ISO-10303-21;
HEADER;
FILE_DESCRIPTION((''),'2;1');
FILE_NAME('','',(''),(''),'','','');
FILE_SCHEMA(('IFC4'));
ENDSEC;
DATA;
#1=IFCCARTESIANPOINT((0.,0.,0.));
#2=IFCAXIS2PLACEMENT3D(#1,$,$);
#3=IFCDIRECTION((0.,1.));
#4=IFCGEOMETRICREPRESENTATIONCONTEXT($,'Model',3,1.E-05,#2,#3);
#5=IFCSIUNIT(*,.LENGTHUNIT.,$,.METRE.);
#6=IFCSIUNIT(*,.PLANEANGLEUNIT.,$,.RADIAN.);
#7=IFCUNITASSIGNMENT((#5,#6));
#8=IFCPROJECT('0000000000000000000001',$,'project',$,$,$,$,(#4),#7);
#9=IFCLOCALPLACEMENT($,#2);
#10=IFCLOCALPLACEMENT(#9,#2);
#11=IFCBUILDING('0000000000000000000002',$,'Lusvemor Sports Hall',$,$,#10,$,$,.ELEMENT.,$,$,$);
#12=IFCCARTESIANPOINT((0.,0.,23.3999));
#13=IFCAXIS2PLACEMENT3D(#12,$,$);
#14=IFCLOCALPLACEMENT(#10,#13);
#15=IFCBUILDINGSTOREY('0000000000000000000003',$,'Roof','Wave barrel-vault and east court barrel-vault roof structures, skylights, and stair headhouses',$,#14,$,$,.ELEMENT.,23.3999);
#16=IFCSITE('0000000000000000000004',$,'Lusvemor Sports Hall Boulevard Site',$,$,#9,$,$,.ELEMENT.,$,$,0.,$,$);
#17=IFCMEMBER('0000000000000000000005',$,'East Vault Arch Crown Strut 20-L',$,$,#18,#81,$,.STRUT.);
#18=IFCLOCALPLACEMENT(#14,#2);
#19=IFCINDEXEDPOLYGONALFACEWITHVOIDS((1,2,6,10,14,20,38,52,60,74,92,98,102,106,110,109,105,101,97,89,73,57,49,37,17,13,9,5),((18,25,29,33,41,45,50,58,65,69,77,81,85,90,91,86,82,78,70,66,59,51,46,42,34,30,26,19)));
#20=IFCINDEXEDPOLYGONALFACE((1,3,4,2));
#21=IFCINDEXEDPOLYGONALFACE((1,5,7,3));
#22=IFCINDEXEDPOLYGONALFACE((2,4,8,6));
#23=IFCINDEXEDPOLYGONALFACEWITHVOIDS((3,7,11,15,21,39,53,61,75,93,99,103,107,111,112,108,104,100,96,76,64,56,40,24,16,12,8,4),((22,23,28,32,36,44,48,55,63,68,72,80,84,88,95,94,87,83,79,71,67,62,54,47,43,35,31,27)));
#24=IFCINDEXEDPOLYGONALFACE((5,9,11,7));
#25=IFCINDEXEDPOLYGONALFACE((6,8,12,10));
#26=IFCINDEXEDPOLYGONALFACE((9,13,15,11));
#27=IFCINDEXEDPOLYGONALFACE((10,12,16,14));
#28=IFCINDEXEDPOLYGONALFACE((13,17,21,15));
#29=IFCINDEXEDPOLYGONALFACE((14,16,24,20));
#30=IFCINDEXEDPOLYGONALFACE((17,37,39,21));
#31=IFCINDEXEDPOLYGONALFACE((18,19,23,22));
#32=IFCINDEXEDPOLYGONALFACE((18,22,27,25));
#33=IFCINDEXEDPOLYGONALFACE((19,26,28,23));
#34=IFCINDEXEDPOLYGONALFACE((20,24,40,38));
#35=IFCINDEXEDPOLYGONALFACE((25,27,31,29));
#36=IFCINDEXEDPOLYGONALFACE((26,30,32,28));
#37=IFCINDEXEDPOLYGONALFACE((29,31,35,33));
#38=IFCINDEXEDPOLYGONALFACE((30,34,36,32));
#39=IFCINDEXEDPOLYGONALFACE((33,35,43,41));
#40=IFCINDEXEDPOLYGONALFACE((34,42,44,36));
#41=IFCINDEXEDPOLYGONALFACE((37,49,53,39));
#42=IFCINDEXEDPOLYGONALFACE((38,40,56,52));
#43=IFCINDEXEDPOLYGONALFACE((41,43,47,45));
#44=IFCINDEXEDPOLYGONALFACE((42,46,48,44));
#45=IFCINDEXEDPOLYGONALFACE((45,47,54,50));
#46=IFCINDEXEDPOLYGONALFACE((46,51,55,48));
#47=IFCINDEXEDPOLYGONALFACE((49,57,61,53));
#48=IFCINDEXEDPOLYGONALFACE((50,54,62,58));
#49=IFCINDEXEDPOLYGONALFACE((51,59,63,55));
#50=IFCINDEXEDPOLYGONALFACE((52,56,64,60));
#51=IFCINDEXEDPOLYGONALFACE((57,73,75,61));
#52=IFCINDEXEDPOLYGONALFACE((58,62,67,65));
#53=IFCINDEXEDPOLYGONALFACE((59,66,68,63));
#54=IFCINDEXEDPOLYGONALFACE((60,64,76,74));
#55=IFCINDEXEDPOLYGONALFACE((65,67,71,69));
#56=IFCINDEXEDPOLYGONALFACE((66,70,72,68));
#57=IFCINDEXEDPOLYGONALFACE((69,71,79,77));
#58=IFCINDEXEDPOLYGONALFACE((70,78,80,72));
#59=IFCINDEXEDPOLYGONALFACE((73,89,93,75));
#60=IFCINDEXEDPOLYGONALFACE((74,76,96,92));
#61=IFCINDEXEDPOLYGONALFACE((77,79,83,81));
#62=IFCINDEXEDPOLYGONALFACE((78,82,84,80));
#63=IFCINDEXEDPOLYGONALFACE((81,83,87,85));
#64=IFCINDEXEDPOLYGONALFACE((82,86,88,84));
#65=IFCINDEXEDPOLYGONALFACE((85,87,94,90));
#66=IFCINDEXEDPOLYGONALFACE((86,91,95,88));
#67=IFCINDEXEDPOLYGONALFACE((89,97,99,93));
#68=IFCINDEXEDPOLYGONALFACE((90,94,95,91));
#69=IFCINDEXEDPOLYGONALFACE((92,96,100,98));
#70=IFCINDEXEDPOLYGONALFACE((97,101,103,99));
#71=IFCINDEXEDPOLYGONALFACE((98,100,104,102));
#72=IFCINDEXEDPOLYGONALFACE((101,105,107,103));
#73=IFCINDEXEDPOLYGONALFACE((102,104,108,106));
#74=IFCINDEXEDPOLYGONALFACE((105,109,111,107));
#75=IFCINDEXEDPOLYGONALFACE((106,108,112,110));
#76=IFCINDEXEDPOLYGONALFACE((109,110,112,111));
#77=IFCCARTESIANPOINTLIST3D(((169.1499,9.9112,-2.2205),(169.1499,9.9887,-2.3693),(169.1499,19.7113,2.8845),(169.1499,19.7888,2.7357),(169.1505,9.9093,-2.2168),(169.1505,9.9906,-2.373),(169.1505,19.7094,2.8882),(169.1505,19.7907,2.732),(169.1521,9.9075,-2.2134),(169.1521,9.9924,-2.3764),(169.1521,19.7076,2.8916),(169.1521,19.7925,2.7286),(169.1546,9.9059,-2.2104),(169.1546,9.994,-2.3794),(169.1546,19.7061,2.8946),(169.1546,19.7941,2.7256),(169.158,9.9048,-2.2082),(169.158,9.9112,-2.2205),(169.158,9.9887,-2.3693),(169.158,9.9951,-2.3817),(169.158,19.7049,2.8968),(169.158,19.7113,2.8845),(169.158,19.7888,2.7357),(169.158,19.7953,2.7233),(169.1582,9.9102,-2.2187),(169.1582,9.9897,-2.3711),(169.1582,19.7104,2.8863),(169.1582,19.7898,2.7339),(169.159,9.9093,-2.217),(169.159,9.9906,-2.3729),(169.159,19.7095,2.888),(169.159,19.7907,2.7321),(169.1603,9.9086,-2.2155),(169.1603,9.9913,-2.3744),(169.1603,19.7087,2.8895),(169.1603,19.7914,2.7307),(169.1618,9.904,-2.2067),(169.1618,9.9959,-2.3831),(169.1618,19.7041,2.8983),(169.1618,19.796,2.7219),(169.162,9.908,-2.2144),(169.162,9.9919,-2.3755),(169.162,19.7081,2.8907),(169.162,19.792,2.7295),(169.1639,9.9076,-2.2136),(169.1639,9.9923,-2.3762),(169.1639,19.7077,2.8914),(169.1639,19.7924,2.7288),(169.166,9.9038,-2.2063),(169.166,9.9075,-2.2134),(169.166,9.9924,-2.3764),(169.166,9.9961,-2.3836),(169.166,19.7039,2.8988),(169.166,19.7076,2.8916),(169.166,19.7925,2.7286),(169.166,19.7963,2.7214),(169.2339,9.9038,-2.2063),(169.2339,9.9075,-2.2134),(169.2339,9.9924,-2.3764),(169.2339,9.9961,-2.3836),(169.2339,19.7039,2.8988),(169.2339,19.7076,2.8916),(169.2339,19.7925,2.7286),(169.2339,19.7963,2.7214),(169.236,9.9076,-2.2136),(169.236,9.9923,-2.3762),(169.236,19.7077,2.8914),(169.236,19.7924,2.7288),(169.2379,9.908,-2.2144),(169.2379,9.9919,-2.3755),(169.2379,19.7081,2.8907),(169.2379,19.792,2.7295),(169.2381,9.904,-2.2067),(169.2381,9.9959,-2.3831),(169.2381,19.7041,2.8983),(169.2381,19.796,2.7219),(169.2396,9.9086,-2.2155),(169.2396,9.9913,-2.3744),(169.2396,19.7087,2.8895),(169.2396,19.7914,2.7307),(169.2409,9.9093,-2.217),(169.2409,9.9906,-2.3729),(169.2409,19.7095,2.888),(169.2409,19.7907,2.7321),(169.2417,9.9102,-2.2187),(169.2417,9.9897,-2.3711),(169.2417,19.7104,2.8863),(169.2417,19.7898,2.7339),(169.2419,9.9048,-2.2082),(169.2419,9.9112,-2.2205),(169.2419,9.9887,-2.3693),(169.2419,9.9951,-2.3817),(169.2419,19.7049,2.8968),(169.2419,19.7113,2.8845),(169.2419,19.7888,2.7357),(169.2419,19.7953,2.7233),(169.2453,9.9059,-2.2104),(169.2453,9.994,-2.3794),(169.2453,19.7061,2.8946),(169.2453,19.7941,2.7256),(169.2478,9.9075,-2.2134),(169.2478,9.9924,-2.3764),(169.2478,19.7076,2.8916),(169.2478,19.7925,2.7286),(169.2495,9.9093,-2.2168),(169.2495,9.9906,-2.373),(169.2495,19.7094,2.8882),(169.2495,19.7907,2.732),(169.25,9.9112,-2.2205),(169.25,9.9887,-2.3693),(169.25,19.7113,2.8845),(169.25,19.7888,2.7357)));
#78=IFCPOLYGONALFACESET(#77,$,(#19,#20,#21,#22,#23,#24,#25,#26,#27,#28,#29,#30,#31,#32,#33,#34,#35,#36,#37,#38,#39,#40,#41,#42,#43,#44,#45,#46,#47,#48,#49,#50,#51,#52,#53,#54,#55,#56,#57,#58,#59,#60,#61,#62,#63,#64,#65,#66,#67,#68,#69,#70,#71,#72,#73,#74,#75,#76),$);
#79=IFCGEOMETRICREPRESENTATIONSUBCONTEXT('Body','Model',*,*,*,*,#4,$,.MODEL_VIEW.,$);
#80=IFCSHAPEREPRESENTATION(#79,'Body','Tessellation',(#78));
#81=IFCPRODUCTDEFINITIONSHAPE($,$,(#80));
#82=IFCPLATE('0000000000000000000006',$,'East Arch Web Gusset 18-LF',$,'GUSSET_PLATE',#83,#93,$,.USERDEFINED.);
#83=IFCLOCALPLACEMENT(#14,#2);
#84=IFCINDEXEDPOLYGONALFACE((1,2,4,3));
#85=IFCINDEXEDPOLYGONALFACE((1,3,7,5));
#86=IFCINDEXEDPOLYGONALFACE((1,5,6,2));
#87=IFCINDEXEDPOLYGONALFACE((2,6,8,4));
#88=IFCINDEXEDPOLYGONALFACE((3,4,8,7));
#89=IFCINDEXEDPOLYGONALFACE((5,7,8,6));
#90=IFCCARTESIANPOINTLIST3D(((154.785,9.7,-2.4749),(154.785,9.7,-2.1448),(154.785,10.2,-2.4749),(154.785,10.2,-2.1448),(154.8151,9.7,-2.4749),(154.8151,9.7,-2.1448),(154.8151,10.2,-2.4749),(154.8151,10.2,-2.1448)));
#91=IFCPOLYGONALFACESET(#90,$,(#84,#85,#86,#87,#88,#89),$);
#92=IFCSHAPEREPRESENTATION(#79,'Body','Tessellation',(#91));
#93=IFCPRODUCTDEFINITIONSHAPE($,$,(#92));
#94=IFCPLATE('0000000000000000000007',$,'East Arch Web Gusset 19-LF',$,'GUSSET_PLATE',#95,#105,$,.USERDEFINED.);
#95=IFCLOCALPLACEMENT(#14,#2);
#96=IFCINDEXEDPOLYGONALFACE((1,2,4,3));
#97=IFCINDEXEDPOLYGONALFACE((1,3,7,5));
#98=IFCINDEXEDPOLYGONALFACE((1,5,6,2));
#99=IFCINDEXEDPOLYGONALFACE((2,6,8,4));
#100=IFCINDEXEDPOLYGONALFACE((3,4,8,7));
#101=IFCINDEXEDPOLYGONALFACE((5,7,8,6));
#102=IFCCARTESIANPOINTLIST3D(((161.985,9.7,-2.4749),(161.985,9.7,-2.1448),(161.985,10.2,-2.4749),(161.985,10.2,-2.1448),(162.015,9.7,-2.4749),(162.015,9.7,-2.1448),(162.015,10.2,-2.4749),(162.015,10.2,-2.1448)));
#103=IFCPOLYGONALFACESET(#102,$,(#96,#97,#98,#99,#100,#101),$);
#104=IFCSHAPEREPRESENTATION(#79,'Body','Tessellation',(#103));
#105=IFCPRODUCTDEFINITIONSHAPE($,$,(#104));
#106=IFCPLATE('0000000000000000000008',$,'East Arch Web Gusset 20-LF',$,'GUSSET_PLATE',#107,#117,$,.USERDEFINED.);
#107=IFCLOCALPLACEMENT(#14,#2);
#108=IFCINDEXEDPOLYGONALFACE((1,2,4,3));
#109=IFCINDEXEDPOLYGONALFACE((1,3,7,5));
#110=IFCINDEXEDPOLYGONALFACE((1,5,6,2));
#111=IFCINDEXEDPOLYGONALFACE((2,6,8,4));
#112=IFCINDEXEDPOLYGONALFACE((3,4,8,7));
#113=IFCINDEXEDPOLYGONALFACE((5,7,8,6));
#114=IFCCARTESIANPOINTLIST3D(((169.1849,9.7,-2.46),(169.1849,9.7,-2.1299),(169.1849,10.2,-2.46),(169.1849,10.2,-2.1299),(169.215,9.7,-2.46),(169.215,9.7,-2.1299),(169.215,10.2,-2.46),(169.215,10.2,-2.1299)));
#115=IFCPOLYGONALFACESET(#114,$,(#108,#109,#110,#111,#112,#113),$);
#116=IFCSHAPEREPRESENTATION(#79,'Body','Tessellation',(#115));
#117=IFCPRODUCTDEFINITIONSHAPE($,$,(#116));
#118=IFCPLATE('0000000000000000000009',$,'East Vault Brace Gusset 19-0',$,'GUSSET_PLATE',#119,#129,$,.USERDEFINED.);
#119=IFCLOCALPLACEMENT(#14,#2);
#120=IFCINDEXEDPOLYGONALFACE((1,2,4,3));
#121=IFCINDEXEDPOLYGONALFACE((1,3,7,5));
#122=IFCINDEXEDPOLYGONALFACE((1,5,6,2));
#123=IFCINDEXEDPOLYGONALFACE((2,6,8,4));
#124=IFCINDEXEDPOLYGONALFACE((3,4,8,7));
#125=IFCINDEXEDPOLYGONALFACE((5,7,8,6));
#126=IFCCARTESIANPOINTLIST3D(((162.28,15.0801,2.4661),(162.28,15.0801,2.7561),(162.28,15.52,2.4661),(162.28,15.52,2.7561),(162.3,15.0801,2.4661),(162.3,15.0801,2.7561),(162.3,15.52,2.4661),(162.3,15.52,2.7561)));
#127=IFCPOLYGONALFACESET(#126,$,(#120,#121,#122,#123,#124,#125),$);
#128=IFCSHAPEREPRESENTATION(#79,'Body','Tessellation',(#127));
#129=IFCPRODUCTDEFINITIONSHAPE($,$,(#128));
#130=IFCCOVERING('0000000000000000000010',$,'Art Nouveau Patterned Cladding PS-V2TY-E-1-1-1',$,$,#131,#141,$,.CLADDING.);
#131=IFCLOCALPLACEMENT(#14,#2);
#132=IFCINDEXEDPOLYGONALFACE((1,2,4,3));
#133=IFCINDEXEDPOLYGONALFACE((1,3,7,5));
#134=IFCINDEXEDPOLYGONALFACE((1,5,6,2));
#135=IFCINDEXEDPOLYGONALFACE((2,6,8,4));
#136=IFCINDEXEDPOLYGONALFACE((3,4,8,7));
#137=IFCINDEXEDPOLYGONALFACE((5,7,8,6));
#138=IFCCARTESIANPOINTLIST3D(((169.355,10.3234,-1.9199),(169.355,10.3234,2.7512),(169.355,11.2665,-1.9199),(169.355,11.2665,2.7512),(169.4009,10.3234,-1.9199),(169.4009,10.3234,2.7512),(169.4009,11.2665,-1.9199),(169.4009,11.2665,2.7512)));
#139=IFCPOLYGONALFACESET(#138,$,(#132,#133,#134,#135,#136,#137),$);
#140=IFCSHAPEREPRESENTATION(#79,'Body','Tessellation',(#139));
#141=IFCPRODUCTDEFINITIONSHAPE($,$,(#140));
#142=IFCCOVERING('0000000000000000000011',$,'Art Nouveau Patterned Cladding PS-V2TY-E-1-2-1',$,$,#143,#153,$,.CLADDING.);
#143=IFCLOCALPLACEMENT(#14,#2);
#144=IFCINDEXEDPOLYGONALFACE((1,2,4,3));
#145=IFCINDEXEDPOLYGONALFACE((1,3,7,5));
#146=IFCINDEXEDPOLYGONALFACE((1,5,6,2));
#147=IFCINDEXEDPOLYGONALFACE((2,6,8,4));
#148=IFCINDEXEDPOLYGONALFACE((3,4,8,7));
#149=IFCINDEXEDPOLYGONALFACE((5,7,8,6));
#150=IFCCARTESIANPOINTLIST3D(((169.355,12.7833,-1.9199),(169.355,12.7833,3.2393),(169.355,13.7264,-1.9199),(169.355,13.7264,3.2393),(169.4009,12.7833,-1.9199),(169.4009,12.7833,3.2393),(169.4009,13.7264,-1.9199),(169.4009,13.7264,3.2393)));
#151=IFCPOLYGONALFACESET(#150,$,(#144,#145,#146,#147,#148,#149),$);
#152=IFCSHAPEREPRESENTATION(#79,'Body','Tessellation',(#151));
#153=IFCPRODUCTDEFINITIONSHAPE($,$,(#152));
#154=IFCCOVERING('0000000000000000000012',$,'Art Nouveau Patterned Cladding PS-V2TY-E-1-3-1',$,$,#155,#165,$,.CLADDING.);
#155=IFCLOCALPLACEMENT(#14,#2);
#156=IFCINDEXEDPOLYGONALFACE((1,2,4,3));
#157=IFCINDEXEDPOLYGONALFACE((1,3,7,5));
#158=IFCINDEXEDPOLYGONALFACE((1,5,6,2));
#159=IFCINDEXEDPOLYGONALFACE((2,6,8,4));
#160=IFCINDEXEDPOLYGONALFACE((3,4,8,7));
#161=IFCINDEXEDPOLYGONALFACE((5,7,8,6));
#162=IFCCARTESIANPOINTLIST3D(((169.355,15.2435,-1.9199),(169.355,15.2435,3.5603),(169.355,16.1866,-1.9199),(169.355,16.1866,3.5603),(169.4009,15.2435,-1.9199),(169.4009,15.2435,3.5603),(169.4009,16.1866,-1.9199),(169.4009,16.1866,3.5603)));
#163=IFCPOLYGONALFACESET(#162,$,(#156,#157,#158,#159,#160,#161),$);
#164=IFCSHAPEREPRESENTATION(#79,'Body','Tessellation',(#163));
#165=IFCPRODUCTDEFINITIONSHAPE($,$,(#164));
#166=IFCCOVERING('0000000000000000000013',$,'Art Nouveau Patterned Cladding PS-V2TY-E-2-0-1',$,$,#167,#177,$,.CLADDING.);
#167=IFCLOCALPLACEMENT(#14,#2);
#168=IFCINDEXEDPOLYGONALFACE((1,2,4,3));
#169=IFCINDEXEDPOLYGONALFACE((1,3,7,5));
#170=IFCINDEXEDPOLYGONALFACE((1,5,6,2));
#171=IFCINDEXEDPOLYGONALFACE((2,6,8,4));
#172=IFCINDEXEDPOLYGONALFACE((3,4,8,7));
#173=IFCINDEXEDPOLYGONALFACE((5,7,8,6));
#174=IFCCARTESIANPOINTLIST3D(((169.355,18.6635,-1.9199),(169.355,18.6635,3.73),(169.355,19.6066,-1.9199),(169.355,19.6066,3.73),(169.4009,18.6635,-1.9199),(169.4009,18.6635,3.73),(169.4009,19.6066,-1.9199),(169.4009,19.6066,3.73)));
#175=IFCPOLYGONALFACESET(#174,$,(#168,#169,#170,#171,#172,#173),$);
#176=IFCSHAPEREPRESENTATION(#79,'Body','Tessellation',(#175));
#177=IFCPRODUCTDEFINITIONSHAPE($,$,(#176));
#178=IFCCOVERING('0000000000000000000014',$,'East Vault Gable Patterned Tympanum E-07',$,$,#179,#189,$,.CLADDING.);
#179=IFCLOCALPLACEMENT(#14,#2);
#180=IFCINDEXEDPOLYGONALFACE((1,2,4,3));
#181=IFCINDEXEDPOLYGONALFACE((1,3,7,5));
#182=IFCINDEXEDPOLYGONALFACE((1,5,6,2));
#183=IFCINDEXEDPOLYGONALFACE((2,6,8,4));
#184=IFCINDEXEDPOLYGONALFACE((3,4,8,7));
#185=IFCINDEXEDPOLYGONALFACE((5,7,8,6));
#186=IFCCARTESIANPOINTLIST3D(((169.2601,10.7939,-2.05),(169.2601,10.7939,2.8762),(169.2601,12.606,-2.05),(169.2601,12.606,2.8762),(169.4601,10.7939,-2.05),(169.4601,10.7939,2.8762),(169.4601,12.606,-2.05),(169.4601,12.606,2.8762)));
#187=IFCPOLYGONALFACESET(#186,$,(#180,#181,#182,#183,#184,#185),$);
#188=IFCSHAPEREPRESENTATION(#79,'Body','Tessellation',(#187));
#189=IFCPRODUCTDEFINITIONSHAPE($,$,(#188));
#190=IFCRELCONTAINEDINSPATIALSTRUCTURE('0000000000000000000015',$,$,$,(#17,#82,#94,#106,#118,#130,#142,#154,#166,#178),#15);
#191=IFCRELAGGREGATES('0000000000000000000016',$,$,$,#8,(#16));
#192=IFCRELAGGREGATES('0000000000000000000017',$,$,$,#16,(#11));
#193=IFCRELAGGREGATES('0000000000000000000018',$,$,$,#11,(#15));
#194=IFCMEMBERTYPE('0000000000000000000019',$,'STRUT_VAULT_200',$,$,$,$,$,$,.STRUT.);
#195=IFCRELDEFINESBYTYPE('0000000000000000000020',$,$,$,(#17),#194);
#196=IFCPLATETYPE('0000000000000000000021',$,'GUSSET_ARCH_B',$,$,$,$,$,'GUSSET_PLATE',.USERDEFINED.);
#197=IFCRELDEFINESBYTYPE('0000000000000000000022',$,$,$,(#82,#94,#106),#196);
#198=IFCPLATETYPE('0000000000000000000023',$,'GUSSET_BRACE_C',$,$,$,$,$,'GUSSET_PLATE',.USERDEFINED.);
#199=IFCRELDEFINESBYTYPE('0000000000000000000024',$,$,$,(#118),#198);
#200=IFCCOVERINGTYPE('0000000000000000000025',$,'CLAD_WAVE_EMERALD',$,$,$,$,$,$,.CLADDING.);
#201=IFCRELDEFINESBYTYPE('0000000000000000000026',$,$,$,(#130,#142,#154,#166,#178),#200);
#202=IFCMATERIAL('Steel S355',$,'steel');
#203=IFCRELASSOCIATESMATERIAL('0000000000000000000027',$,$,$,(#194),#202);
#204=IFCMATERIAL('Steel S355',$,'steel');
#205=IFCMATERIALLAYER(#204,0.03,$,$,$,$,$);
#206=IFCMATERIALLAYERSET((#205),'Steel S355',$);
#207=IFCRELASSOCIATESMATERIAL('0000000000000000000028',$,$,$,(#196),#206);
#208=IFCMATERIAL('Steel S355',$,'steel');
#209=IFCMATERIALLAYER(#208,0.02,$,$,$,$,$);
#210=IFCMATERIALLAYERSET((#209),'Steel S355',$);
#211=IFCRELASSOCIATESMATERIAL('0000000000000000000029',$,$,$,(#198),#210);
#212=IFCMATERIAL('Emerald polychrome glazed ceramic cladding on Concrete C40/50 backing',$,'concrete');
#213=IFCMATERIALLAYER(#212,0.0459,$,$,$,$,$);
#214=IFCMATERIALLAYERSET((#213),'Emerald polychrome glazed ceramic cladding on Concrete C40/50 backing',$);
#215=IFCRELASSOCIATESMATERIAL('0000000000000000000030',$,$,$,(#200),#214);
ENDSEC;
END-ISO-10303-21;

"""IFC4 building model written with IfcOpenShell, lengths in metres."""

from ifc_helpers import new_model, si_unit, direction, frame, origin, origin_2d, place, context, subcontext, project, spatial, rectangle, hollow_rectangle, extrude, material, layer, layer_set, material_profile, profile_set, type_object, element, save


model = new_model("IFC4")

# Units and contexts
model_context = context("Model", 3, precision=1e-05, world=origin(), true_north=direction((0.0, 1.0)))
body_context = subcontext(model_context, "Body", "Model", "MODEL_VIEW")
ifc_project = project(units=[si_unit("LENGTHUNIT", "METRE"), si_unit("PLANEANGLEUNIT", "RADIAN")], contexts=[model_context])

# Site, building, storey
site_placement = place(None, origin())
site = spatial("IfcSite", under=ifc_project, at=site_placement, Name="Lusvemor Sports Hall Boulevard Site", CompositionType="ELEMENT", RefElevation=0.0)
building_placement = place(site_placement, origin())
building = spatial("IfcBuilding", under=site, at=building_placement, Name="Lusvemor Sports Hall", CompositionType="ELEMENT")
storey_placement = place(building_placement, frame((0.0, 0.0, 23.3999)))
storey = spatial("IfcBuildingStorey", under=building, at=storey_placement, Name="Roof", Description="Wave barrel-vault and east court barrel-vault roof structures, skylights, and stair headhouses", CompositionType="ELEMENT", Elevation=23.3999)

# Member
ifc_material_1 = material(Name="Steel S355", Category="steel")
ifc_material_profile_1 = material_profile(ifc_material_1, hollow_rectangle(XDim=0.1001, YDim=0.2, WallThickness=0.0081, InnerFilletRadius=0.0081, OuterFilletRadius=0.0161, at=origin_2d()), Name="RHS200x100x8")
ifc_profile_set_1 = profile_set([ifc_material_profile_1], Name="Steel S355")
member_type_1 = type_object("IfcMemberType", Name="STRUT_VAULT_200", PredefinedType="STRUT", material=ifc_profile_set_1)
member_1_placement = place(storey_placement, frame((169.2, 9.95, -2.2949), z_axis=(0.0, 0.886885, 0.461991), x_axis=(-1.0, 0.0, 0.0)))
element("IfcMember", 1, at=member_1_placement, inside=storey, type_object=member_type_1, Name="East Vault Arch Crown Strut 20-L", PredefinedType="STRUT", context=body_context, shape_type="SweptSolid", body=[
    extrude(hollow_rectangle(XDim=0.1001, YDim=0.2, WallThickness=0.0081, InnerFilletRadius=0.0081, OuterFilletRadius=0.0161, at=origin_2d()), origin(), (0.0, 0.0, 1.0), 11.05),
])

# Plates
ifc_material_2 = material(Name="Steel S355", Category="steel")
ifc_layer_1 = layer(ifc_material_2, 0.03)
ifc_layer_set_1 = layer_set([ifc_layer_1], Name="Steel S355")
plate_type_1 = type_object("IfcPlateType", Name="GUSSET_ARCH_B", ElementType="GUSSET_PLATE", PredefinedType="USERDEFINED", material=ifc_layer_set_1)
for number, where, z_axis, x_axis, name in (
    (2, (154.8, 9.95, -2.4749), (0.0, 0.0, 1.0), (1.0, 0.0, 0.0), "East Arch Web Gusset 18-LF"),
    (3, (162.0, 9.95, -2.4749), (0.0, 0.0, 1.0), (1.0, 0.0, 0.0), "East Arch Web Gusset 19-LF"),
    (4, (169.2, 9.95, -2.46), (0.0, 0.0, 1.0), (1.0, 0.0, 0.0), "East Arch Web Gusset 20-LF"),
):
    element("IfcPlate", number, at=place(storey_placement, frame(where, z_axis=z_axis, x_axis=x_axis)), inside=storey, type_object=plate_type_1, Name=name, ObjectType="GUSSET_PLATE", PredefinedType="USERDEFINED", context=body_context, shape_type="SweptSolid", body=[
        extrude(rectangle(XDim=0.03, YDim=0.5, at=origin_2d()), origin(), (0.0, 0.0, 1.0), 0.3301),
    ])
ifc_material_3 = material(Name="Steel S355", Category="steel")
ifc_layer_2 = layer(ifc_material_3, 0.02)
ifc_layer_set_2 = layer_set([ifc_layer_2], Name="Steel S355")
plate_type_2 = type_object("IfcPlateType", Name="GUSSET_BRACE_C", ElementType="GUSSET_PLATE", PredefinedType="USERDEFINED", material=ifc_layer_set_2)
plate_placement = place(storey_placement, frame((162.29, 15.3, 2.4661), z_axis=(0.0, 0.0, 1.0), x_axis=(1.0, 0.0, 0.0)))
element("IfcPlate", 5, at=plate_placement, inside=storey, type_object=plate_type_2, Name="East Vault Brace Gusset 19-0", ObjectType="GUSSET_PLATE", PredefinedType="USERDEFINED", context=body_context, shape_type="SweptSolid", body=[
    extrude(rectangle(XDim=0.02, YDim=0.4399, at=origin_2d()), origin(), (0.0, 0.0, 1.0), 0.29),
])

# Coverings
ifc_material_4 = material(Name="Emerald polychrome glazed ceramic cladding on Concrete C40/50 backing", Category="concrete")
ifc_layer_3 = layer(ifc_material_4, 0.0459)
ifc_layer_set_3 = layer_set([ifc_layer_3], Name="Emerald polychrome glazed ceramic cladding on Concrete C40/50 backing")
covering_type_1 = type_object("IfcCoveringType", Name="CLAD_WAVE_EMERALD", PredefinedType="CLADDING", material=ifc_layer_set_3)
covering_1_placement = place(storey_placement, frame((169.3779, 10.7949, -1.9199), z_axis=(0.0, 0.0, 1.0), x_axis=(1.0, 0.0, 0.0)))
element("IfcCovering", 6, at=covering_1_placement, inside=storey, type_object=covering_type_1, Name="Art Nouveau Patterned Cladding PS-V2TY-E-1-1-1", PredefinedType="CLADDING", context=body_context, shape_type="SweptSolid", body=[
    extrude(rectangle(XDim=0.0459, YDim=0.9431, at=origin_2d()), origin(), (0.0, 0.0, 1.0), 4.6711),
])
covering_2_placement = place(storey_placement, frame((169.3779, 13.2549, -1.9199), z_axis=(0.0, 0.0, 1.0), x_axis=(1.0, 0.0, 0.0)))
element("IfcCovering", 7, at=covering_2_placement, inside=storey, type_object=covering_type_1, Name="Art Nouveau Patterned Cladding PS-V2TY-E-1-2-1", PredefinedType="CLADDING", context=body_context, shape_type="SweptSolid", body=[
    extrude(rectangle(XDim=0.0459, YDim=0.9431, at=origin_2d()), origin(), (0.0, 0.0, 1.0), 5.1592),
])
covering_3_placement = place(storey_placement, frame((169.3779, 15.7151, -1.9199), z_axis=(0.0, 0.0, 1.0), x_axis=(1.0, 0.0, 0.0)))
element("IfcCovering", 8, at=covering_3_placement, inside=storey, type_object=covering_type_1, Name="Art Nouveau Patterned Cladding PS-V2TY-E-1-3-1", PredefinedType="CLADDING", context=body_context, shape_type="SweptSolid", body=[
    extrude(rectangle(XDim=0.0459, YDim=0.9431, at=origin_2d()), origin(), (0.0, 0.0, 1.0), 5.4802),
])
covering_4_placement = place(storey_placement, frame((169.3779, 19.135, -1.9199), z_axis=(0.0, 0.0, 1.0), x_axis=(1.0, 0.0, 0.0)))
element("IfcCovering", 9, at=covering_4_placement, inside=storey, type_object=covering_type_1, Name="Art Nouveau Patterned Cladding PS-V2TY-E-2-0-1", PredefinedType="CLADDING", context=body_context, shape_type="SweptSolid", body=[
    extrude(rectangle(XDim=0.0459, YDim=0.9431, at=origin_2d()), origin(), (0.0, 0.0, 1.0), 5.6499),
])
covering_5_placement = place(storey_placement, frame((169.3601, 11.7, -2.05), z_axis=(0.0, 0.0, 1.0), x_axis=(1.0, 0.0, 0.0)))
element("IfcCovering", 10, at=covering_5_placement, inside=storey, type_object=covering_type_1, Name="East Vault Gable Patterned Tympanum E-07", PredefinedType="CLADDING", context=body_context, shape_type="SweptSolid", body=[
    extrude(rectangle(XDim=0.2, YDim=1.812, at=origin_2d()), origin(), (0.0, 0.0, 1.0), 4.9263),
])

save(model, "model.ifc")
